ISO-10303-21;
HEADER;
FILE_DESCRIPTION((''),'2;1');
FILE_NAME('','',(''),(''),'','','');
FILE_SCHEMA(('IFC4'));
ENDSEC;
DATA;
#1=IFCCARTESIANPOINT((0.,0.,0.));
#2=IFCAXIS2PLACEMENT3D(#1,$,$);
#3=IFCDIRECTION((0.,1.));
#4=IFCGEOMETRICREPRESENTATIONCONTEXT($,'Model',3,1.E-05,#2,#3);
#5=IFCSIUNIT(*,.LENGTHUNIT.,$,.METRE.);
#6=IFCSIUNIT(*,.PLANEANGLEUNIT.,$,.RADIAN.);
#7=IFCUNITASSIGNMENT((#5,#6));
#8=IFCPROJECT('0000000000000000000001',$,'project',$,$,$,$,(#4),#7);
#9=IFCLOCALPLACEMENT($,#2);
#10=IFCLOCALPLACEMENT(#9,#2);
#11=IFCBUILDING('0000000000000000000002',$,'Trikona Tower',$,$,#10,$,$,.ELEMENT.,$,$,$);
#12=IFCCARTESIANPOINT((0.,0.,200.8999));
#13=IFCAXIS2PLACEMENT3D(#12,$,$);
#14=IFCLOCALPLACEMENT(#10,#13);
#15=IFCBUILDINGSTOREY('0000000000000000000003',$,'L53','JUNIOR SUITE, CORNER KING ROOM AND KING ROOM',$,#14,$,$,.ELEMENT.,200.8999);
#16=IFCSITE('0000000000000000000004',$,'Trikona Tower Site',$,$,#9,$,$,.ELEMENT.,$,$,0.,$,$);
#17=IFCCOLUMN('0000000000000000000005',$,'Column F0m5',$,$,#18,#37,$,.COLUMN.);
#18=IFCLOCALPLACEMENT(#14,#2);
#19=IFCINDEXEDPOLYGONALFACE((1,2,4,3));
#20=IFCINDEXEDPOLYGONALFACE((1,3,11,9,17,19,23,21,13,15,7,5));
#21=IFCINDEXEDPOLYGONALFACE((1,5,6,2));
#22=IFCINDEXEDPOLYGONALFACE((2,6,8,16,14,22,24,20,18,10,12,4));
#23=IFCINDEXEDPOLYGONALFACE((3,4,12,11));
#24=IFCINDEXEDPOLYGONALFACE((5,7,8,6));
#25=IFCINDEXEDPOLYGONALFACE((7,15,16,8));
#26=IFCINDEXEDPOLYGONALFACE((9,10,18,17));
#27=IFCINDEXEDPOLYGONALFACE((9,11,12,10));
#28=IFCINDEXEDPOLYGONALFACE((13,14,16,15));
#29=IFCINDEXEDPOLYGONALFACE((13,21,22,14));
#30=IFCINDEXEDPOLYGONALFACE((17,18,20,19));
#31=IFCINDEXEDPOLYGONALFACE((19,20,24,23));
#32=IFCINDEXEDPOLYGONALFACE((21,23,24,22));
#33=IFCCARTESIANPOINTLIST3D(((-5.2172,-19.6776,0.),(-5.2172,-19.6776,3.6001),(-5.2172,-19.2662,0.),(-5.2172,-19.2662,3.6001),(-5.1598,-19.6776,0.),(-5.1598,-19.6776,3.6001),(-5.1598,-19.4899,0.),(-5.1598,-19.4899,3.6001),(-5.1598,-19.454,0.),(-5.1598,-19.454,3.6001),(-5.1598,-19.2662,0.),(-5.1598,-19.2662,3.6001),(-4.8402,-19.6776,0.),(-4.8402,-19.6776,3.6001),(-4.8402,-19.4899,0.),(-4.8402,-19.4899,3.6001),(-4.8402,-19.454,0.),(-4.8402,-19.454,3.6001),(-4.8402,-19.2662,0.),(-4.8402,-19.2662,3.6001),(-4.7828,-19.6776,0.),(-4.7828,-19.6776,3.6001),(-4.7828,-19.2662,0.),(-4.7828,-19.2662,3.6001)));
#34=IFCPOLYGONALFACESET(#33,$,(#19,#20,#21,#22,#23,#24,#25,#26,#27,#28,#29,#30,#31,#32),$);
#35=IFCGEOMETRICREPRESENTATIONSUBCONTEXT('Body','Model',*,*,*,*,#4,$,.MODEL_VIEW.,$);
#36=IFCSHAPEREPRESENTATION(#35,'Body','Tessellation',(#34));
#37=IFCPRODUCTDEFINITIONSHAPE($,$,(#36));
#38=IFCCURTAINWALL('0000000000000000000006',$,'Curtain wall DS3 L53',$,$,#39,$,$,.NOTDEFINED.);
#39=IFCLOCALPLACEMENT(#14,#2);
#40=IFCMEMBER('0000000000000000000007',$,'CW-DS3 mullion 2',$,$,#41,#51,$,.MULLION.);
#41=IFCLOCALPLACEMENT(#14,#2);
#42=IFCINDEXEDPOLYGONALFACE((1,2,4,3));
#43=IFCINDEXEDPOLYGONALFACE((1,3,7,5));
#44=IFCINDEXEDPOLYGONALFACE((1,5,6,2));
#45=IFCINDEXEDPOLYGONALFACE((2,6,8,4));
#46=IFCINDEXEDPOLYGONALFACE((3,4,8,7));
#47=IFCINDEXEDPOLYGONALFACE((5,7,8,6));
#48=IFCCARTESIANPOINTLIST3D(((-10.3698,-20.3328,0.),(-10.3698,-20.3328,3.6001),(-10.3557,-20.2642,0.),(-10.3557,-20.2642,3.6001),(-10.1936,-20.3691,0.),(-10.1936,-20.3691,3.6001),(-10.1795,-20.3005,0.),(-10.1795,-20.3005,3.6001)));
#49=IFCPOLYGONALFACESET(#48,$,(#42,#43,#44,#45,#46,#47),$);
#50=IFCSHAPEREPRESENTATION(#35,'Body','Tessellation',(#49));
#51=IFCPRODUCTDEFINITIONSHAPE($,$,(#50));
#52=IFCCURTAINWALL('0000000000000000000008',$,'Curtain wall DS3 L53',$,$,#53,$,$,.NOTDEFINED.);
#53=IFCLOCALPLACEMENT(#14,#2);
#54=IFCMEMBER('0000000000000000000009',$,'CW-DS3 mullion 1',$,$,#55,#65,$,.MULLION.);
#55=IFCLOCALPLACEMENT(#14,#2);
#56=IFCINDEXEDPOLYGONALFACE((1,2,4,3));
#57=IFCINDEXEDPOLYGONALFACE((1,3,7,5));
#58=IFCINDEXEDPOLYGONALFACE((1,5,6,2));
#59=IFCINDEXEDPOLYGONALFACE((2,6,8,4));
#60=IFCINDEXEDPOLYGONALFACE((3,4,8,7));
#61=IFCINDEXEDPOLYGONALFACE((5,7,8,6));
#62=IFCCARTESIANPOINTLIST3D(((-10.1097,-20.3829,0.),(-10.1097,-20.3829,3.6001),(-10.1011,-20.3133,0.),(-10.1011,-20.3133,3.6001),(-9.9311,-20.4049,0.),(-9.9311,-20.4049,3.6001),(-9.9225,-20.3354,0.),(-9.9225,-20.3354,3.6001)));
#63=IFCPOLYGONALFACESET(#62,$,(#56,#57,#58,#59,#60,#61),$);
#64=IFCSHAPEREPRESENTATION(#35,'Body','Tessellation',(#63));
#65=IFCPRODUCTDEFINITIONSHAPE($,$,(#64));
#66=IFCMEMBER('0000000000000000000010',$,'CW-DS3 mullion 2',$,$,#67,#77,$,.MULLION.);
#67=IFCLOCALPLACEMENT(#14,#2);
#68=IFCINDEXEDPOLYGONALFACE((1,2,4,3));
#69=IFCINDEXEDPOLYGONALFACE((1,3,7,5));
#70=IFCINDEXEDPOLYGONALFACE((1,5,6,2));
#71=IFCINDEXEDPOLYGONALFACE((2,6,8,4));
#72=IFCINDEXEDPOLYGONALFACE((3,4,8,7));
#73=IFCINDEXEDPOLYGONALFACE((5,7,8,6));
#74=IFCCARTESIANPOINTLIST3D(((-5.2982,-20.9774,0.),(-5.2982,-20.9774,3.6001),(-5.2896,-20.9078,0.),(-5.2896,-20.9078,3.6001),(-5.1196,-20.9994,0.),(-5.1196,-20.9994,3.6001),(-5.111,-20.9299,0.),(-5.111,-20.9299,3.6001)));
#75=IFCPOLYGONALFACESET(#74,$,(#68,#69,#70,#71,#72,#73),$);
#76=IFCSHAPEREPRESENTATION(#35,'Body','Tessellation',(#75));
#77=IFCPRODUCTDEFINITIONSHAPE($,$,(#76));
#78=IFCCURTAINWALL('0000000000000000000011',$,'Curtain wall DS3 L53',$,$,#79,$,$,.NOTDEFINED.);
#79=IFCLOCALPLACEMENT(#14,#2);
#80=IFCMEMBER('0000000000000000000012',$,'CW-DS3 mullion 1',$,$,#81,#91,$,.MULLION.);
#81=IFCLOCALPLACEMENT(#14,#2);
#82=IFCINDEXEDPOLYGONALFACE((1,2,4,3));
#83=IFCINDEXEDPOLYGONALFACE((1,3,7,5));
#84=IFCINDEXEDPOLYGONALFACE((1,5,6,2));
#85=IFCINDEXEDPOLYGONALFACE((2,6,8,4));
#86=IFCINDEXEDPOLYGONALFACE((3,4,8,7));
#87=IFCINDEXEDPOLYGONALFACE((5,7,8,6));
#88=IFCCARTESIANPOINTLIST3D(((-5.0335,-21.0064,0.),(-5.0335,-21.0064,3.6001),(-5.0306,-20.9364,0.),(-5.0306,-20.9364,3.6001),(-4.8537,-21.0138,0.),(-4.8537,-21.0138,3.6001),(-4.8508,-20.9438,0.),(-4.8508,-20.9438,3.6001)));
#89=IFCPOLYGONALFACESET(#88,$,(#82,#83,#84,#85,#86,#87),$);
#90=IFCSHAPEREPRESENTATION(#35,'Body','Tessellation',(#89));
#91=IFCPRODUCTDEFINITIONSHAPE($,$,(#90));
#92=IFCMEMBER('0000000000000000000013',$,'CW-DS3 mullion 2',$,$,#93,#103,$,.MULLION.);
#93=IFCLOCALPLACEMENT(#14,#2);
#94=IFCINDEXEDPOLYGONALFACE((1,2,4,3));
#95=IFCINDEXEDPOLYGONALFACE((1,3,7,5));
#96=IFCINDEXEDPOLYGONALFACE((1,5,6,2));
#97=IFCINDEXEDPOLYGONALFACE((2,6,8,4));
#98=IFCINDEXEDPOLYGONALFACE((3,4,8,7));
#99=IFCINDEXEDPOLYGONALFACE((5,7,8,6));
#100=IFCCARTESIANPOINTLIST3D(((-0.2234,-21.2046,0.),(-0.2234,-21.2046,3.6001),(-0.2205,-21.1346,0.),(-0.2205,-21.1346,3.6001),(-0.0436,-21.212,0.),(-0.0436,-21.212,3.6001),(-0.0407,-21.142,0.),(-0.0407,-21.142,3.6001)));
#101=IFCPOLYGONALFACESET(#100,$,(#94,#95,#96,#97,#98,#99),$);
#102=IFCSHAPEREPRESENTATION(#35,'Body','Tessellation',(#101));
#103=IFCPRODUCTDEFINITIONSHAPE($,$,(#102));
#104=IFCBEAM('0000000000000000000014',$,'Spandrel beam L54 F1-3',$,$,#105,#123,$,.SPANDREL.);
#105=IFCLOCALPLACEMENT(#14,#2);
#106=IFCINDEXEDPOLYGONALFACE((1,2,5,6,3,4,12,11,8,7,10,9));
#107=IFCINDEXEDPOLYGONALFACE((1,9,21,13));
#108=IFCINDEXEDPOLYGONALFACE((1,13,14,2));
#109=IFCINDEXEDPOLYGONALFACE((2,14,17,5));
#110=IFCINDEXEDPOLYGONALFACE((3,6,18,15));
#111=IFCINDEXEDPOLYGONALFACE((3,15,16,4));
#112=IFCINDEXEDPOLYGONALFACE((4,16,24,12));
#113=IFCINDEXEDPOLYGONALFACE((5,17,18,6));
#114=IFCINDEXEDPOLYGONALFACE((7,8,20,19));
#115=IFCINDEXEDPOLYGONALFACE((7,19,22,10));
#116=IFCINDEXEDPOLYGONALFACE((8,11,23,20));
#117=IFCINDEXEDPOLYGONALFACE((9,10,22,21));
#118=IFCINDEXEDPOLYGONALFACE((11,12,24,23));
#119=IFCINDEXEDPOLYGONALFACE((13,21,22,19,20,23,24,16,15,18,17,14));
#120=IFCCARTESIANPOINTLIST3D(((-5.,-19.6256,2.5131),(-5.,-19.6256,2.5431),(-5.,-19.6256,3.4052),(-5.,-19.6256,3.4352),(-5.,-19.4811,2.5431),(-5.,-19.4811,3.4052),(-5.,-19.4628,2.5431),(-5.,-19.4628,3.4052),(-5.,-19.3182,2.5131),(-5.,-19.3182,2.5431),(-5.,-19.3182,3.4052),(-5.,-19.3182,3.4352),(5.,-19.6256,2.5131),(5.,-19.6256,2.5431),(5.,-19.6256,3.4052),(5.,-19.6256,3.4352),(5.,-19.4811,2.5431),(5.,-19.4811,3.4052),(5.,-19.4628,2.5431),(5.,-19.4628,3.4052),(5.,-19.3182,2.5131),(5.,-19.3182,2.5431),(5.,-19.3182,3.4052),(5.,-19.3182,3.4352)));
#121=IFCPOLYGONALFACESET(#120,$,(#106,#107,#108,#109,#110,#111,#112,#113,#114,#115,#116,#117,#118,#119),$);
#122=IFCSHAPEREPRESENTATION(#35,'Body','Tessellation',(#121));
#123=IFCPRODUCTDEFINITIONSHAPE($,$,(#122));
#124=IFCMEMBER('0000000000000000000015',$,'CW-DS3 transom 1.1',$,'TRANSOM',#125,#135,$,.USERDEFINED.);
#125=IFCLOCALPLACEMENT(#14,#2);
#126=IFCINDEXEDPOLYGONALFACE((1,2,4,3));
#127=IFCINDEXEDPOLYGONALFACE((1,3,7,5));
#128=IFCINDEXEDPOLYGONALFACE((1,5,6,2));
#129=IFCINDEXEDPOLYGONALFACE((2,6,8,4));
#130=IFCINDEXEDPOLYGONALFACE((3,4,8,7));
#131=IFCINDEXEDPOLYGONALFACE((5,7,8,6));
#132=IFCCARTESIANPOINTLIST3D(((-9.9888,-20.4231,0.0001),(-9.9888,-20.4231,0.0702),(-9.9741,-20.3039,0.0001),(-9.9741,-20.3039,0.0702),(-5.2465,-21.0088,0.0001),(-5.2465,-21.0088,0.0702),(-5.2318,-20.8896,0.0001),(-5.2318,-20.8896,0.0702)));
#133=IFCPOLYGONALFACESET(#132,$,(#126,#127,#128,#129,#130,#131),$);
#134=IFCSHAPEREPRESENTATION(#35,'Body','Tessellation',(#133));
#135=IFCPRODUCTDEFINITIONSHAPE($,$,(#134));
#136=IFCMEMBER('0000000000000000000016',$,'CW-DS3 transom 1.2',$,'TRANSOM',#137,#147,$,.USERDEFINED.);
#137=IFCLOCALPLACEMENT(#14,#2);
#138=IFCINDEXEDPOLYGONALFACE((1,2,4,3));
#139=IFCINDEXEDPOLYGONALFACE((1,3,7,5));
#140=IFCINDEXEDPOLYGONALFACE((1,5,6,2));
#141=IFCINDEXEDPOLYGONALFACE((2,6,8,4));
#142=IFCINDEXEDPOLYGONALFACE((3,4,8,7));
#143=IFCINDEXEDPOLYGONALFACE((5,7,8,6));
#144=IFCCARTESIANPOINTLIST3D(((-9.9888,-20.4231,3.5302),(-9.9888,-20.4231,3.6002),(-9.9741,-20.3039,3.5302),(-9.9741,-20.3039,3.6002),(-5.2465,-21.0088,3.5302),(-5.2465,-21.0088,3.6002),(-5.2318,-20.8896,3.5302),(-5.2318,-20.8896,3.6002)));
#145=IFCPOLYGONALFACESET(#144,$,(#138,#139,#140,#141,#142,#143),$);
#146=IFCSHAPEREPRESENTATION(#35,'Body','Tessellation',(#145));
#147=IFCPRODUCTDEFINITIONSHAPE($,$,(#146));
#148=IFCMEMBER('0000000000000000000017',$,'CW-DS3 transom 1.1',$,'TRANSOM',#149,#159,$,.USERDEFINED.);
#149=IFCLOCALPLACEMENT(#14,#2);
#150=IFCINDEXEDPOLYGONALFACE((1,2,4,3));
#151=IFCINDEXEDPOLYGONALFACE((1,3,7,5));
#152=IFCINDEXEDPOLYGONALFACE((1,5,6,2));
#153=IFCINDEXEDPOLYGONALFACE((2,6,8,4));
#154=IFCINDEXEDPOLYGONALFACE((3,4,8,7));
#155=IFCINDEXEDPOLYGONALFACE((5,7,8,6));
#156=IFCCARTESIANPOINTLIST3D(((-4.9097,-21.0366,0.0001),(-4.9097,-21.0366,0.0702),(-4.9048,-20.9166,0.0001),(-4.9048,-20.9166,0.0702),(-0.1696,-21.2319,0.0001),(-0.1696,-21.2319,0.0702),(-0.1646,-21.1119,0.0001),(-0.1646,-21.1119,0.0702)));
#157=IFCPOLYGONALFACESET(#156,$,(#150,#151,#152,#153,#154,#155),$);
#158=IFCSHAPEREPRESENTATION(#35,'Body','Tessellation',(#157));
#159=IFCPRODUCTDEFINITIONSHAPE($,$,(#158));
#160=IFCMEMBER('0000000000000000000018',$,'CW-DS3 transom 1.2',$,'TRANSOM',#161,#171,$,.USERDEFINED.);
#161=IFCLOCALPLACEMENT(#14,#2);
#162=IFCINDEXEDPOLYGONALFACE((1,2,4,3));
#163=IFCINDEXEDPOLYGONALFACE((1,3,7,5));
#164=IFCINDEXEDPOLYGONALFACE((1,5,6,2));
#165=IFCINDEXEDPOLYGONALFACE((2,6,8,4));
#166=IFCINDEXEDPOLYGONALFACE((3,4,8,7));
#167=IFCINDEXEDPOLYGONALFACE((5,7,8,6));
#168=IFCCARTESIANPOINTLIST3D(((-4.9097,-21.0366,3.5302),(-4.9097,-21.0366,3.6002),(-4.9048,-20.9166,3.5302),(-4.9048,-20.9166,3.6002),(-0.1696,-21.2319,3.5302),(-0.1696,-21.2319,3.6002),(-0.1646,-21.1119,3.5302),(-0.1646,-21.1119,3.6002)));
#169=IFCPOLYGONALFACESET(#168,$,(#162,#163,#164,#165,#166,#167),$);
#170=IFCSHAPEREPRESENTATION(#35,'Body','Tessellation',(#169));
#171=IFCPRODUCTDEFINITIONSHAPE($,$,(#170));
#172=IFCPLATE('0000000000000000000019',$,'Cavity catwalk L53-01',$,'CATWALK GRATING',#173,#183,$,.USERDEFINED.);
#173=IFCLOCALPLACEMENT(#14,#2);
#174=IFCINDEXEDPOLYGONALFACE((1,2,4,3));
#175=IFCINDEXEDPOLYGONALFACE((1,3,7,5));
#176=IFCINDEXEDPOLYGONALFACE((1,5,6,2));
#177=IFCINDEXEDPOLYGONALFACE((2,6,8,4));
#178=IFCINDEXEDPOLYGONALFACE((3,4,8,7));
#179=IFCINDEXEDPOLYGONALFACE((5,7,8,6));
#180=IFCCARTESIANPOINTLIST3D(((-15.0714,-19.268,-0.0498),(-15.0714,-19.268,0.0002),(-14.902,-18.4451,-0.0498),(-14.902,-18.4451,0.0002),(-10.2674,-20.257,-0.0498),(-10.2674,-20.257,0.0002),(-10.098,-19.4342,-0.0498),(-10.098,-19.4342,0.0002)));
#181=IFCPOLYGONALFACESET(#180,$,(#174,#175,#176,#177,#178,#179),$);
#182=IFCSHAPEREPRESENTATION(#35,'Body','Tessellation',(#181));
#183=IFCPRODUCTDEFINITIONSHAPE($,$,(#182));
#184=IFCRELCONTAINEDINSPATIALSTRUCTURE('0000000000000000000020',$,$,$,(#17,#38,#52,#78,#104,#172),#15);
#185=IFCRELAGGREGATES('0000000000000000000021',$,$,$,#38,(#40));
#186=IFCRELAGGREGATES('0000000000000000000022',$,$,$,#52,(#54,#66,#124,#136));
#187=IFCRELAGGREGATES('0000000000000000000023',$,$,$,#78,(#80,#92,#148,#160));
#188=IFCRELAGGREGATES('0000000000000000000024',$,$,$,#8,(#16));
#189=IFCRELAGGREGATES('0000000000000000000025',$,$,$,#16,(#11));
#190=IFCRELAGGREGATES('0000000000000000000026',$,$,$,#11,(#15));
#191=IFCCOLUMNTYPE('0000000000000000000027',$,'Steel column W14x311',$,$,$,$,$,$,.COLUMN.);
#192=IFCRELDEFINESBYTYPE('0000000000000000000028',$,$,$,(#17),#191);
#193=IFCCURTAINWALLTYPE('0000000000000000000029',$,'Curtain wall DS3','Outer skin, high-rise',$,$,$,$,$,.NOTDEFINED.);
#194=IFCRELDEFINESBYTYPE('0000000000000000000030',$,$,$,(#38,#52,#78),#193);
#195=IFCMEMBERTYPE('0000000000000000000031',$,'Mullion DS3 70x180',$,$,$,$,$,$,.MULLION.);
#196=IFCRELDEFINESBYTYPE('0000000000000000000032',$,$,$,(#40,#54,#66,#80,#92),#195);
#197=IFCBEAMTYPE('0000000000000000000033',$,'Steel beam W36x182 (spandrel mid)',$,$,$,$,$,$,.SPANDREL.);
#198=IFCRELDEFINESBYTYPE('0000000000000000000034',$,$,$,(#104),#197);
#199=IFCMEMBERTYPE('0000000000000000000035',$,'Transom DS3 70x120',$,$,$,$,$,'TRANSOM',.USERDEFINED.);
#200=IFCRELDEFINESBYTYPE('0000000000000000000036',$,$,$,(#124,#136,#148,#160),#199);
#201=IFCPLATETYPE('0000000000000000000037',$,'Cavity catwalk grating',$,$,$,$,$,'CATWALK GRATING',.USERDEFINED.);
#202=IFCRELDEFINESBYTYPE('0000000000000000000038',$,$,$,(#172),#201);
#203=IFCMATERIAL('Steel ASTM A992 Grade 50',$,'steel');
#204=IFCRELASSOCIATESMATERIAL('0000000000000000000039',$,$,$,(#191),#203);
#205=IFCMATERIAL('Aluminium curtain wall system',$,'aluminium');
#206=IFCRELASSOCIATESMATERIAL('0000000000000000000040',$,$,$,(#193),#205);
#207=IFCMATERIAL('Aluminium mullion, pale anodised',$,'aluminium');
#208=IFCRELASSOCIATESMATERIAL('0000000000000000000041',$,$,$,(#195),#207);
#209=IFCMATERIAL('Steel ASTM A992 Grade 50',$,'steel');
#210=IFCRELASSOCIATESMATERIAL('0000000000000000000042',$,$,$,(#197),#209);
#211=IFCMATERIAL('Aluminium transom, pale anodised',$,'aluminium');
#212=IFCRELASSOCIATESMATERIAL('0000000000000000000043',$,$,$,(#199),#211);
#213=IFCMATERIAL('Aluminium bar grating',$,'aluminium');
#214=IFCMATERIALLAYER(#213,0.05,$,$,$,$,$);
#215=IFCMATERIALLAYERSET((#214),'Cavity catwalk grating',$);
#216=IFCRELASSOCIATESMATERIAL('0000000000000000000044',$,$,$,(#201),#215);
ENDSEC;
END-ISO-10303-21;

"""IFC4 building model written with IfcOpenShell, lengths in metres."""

from ifc_helpers import new_model, si_unit, direction, frame, origin, origin_2d, place, context, subcontext, project, spatial, rectangle, i_section, extrude, material, layer, layer_set, material_profile, profile_set, type_object, element, aggregate, save


model = new_model("IFC4")

# Units and contexts
model_context = context("Model", 3, precision=1e-05, world=origin(), true_north=direction((0.0, 1.0)))
body_context = subcontext(model_context, "Body", "Model", "MODEL_VIEW")
ifc_project = project(units=[si_unit("LENGTHUNIT", "METRE"), si_unit("PLANEANGLEUNIT", "RADIAN")], contexts=[model_context])

# Site, building, storey
site_placement = place(None, origin())
site = spatial("IfcSite", under=ifc_project, at=site_placement, Name="Trikona Tower Site", CompositionType="ELEMENT", RefElevation=0.0)
building_placement = place(site_placement, origin())
building = spatial("IfcBuilding", under=site, at=building_placement, Name="Trikona Tower", CompositionType="ELEMENT")
storey_placement = place(building_placement, frame((0.0, 0.0, 200.8999)))
storey = spatial("IfcBuildingStorey", under=building, at=storey_placement, Name="L53", Description="JUNIOR SUITE, CORNER KING ROOM AND KING ROOM", CompositionType="ELEMENT", Elevation=200.8999)

# Column
ifc_material_1 = material(Name="Steel ASTM A992 Grade 50", Category="steel")
ifc_material_profile_1 = material_profile(ifc_material_1, i_section(OverallWidth=0.4114, OverallDepth=0.4343, WebThickness=0.0359, FlangeThickness=0.0574, at=origin_2d()), Name="W14X311")
ifc_profile_set_1 = profile_set([ifc_material_profile_1], Name="Steel ASTM A992 Grade 50")
column_type = type_object("IfcColumnType", Name="Steel column W14x311", PredefinedType="COLUMN", material=ifc_profile_set_1)
column_placement = place(storey_placement, frame((-5.0, -19.4719, 0.0), z_axis=(0.0, 0.0, 1.0), x_axis=(0.0, -1.0, 0.0)))
element("IfcColumn", 1, at=column_placement, inside=storey, type_object=column_type, Name="Column F0m5", PredefinedType="COLUMN", context=body_context, shape_type="SweptSolid", body=[
    extrude(i_section(OverallWidth=0.4114, OverallDepth=0.4343, WebThickness=0.0359, FlangeThickness=0.0574, at=origin_2d()), origin(), (0.0, 0.0, 1.0), 3.6001),
])

# Curtain wall, member
ifc_material_2 = material(Name="Aluminium curtain wall system", Category="aluminium")
curtain_wall_type = type_object("IfcCurtainWallType", Name="Curtain wall DS3", Description="Outer skin, high-rise", PredefinedType="NOTDEFINED", material=ifc_material_2)
curtain_wall_1_placement = place(storey_placement, origin())
curtain_wall_1 = element("IfcCurtainWall", 2, at=curtain_wall_1_placement, inside=storey, type_object=curtain_wall_type, Name="Curtain wall DS3 L53", PredefinedType="NOTDEFINED")
ifc_material_3 = material(Name="Aluminium mullion, pale anodised", Category="aluminium")
ifc_material_profile_2 = material_profile(ifc_material_3, rectangle(XDim=0.0701, YDim=0.1799, at=origin_2d()), Name="MUL-DS3")
ifc_profile_set_2 = profile_set([ifc_material_profile_2], Name="Aluminium mullion, pale anodised")
member_type_1 = type_object("IfcMemberType", Name="Mullion DS3 70x180", PredefinedType="MULLION", material=ifc_profile_set_2)
member_1_placement = place(storey_placement, frame((-10.2747, -20.3167, 0.0), z_axis=(0.0, 0.0, 1.0), x_axis=(0.201653, 0.979457, 0.0)))
member_1 = element("IfcMember", 3, at=member_1_placement, type_object=member_type_1, Name="CW-DS3 mullion 2", PredefinedType="MULLION", context=body_context, shape_type="SweptSolid", body=[
    extrude(rectangle(XDim=0.0701, YDim=0.1799, at=origin_2d()), origin(), (0.0, 0.0, 1.0), 3.6001),
])

# Curtain walls, members
curtain_wall_2_placement = place(storey_placement, origin())
curtain_wall_2 = element("IfcCurtainWall", 4, at=curtain_wall_2_placement, inside=storey, type_object=curtain_wall_type, Name="Curtain wall DS3 L53", PredefinedType="NOTDEFINED")
member_2_placement = place(storey_placement, frame((-10.0161, -20.3591, 0.0), z_axis=(0.0, 0.0, 1.0), x_axis=(0.122611, 0.992455, 0.0)))
member_2 = element("IfcMember", 5, at=member_2_placement, type_object=member_type_1, Name="CW-DS3 mullion 1", PredefinedType="MULLION", context=body_context, shape_type="SweptSolid", body=[
    extrude(rectangle(XDim=0.0701, YDim=0.1799, at=origin_2d()), origin(), (0.0, 0.0, 1.0), 3.6001),
])
member_3_placement = place(storey_placement, frame((-5.2046, -20.9536, 0.0), z_axis=(0.0, 0.0, 1.0), x_axis=(0.122611, 0.992455, 0.0)))
member_3 = element("IfcMember", 6, at=member_3_placement, type_object=member_type_1, Name="CW-DS3 mullion 2", PredefinedType="MULLION", context=body_context, shape_type="SweptSolid", body=[
    extrude(rectangle(XDim=0.0701, YDim=0.1799, at=origin_2d()), origin(), (0.0, 0.0, 1.0), 3.6001),
])
curtain_wall_3_placement = place(storey_placement, origin())
curtain_wall_3 = element("IfcCurtainWall", 7, at=curtain_wall_3_placement, inside=storey, type_object=curtain_wall_type, Name="Curtain wall DS3 L53", PredefinedType="NOTDEFINED")
member_4_placement = place(storey_placement, frame((-4.9421, -20.9751, 0.0), z_axis=(0.0, 0.0, 1.0), x_axis=(0.041153, 0.999153, 0.0)))
member_4 = element("IfcMember", 8, at=member_4_placement, type_object=member_type_1, Name="CW-DS3 mullion 1", PredefinedType="MULLION", context=body_context, shape_type="SweptSolid", body=[
    extrude(rectangle(XDim=0.0701, YDim=0.1799, at=origin_2d()), origin(), (0.0, 0.0, 1.0), 3.6001),
])
member_5_placement = place(storey_placement, frame((-0.1321, -21.1733, 0.0), z_axis=(0.0, 0.0, 1.0), x_axis=(0.041153, 0.999153, 0.0)))
member_5 = element("IfcMember", 9, at=member_5_placement, type_object=member_type_1, Name="CW-DS3 mullion 2", PredefinedType="MULLION", context=body_context, shape_type="SweptSolid", body=[
    extrude(rectangle(XDim=0.0701, YDim=0.1799, at=origin_2d()), origin(), (0.0, 0.0, 1.0), 3.6001),
])

# Beam
ifc_material_4 = material(Name="Steel ASTM A992 Grade 50", Category="steel")
ifc_material_profile_3 = material_profile(ifc_material_4, i_section(OverallWidth=0.3074, OverallDepth=0.9221, WebThickness=0.0183, FlangeThickness=0.03, at=origin_2d()), Name="W36X182")
ifc_profile_set_3 = profile_set([ifc_material_profile_3], Name="Steel ASTM A992 Grade 50")
beam_type = type_object("IfcBeamType", Name="Steel beam W36x182 (spandrel mid)", PredefinedType="SPANDREL", material=ifc_profile_set_3)
beam_placement = place(storey_placement, frame((-5.0, -19.4719, 2.9741), z_axis=(1.0, 0.0, 0.0), x_axis=(0.0, 1.0, 0.0)))
element("IfcBeam", 10, at=beam_placement, inside=storey, type_object=beam_type, Name="Spandrel beam L54 F1-3", PredefinedType="SPANDREL", context=body_context, shape_type="SweptSolid", body=[
    extrude(i_section(OverallWidth=0.3074, OverallDepth=0.9221, WebThickness=0.0183, FlangeThickness=0.03, at=origin_2d()), origin(), (0.0, 0.0, 1.0), 10.0),
])

# Members
ifc_material_5 = material(Name="Aluminium transom, pale anodised", Category="aluminium")
ifc_material_profile_4 = material_profile(ifc_material_5, rectangle(XDim=0.1201, YDim=0.0701, at=origin_2d()), Name="TRN-DS3")
ifc_profile_set_4 = profile_set([ifc_material_profile_4], Name="Aluminium transom, pale anodised")
member_type_2 = type_object("IfcMemberType", Name="Transom DS3 70x120", ElementType="TRANSOM", PredefinedType="USERDEFINED", material=ifc_profile_set_4)
member_6_placement = place(storey_placement, frame((-9.9814, -20.3635, 0.0352), z_axis=(0.992459, -0.122576, 0.0), x_axis=(0.122576, 0.992459, 0.0)))
member_6 = element("IfcMember", 11, at=member_6_placement, type_object=member_type_2, Name="CW-DS3 transom 1.1", ObjectType="TRANSOM", PredefinedType="USERDEFINED", context=body_context, shape_type="SweptSolid", body=[
    extrude(rectangle(XDim=0.1201, YDim=0.0701, at=origin_2d()), origin(), (0.0, 0.0, 1.0), 4.7783),
])
member_7_placement = place(storey_placement, frame((-9.9814, -20.3635, 3.5652), z_axis=(0.992459, -0.122576, 0.0), x_axis=(0.122576, 0.992459, 0.0)))
member_7 = element("IfcMember", 12, at=member_7_placement, type_object=member_type_2, Name="CW-DS3 transom 1.2", ObjectType="TRANSOM", PredefinedType="USERDEFINED", context=body_context, shape_type="SweptSolid", body=[
    extrude(rectangle(XDim=0.1201, YDim=0.0701, at=origin_2d()), origin(), (0.0, 0.0, 1.0), 4.7783),
])
member_8_placement = place(storey_placement, frame((-4.9072, -20.9766, 0.0352), z_axis=(0.999152, -0.041168, 0.0), x_axis=(0.041168, 0.999152, 0.0)))
member_8 = element("IfcMember", 13, at=member_8_placement, type_object=member_type_2, Name="CW-DS3 transom 1.1", ObjectType="TRANSOM", PredefinedType="USERDEFINED", context=body_context, shape_type="SweptSolid", body=[
    extrude(rectangle(XDim=0.1201, YDim=0.0701, at=origin_2d()), origin(), (0.0, 0.0, 1.0), 4.7441),
])
member_9_placement = place(storey_placement, frame((-4.9072, -20.9766, 3.5652), z_axis=(0.999152, -0.041168, 0.0), x_axis=(0.041168, 0.999152, 0.0)))
member_9 = element("IfcMember", 14, at=member_9_placement, type_object=member_type_2, Name="CW-DS3 transom 1.2", ObjectType="TRANSOM", PredefinedType="USERDEFINED", context=body_context, shape_type="SweptSolid", body=[
    extrude(rectangle(XDim=0.1201, YDim=0.0701, at=origin_2d()), origin(), (0.0, 0.0, 1.0), 4.7441),
])

# Plate
ifc_material_6 = material(Name="Aluminium bar grating", Category="aluminium")
ifc_layer_1 = layer(ifc_material_6, 0.05)
ifc_layer_set_1 = layer_set([ifc_layer_1], Name="Cavity catwalk grating")
plate_type_1 = type_object("IfcPlateType", Name="Cavity catwalk grating", ElementType="CATWALK GRATING", PredefinedType="USERDEFINED", material=ifc_layer_set_1)
plate_1_placement = place(storey_placement, frame((-12.5847, -19.3511, -0.0498), z_axis=(0.0, 0.0, 1.0), x_axis=(0.979458, -0.201651, 0.0)))
element("IfcPlate", 15, at=plate_1_placement, inside=storey, type_object=plate_type_1, Name="Cavity catwalk L53-01", ObjectType="CATWALK GRATING", PredefinedType="USERDEFINED", context=body_context, shape_type="SweptSolid", body=[
    extrude(rectangle(XDim=4.9048, YDim=0.8401, at=origin_2d()), origin(), (0.0, 0.0, 1.0), 0.05),
])

aggregate(curtain_wall_1, [member_1])
aggregate(curtain_wall_2, [member_2, member_3, member_6, member_7])
aggregate(curtain_wall_3, [member_4, member_5, member_8, member_9])

save(model, "model.ifc")
